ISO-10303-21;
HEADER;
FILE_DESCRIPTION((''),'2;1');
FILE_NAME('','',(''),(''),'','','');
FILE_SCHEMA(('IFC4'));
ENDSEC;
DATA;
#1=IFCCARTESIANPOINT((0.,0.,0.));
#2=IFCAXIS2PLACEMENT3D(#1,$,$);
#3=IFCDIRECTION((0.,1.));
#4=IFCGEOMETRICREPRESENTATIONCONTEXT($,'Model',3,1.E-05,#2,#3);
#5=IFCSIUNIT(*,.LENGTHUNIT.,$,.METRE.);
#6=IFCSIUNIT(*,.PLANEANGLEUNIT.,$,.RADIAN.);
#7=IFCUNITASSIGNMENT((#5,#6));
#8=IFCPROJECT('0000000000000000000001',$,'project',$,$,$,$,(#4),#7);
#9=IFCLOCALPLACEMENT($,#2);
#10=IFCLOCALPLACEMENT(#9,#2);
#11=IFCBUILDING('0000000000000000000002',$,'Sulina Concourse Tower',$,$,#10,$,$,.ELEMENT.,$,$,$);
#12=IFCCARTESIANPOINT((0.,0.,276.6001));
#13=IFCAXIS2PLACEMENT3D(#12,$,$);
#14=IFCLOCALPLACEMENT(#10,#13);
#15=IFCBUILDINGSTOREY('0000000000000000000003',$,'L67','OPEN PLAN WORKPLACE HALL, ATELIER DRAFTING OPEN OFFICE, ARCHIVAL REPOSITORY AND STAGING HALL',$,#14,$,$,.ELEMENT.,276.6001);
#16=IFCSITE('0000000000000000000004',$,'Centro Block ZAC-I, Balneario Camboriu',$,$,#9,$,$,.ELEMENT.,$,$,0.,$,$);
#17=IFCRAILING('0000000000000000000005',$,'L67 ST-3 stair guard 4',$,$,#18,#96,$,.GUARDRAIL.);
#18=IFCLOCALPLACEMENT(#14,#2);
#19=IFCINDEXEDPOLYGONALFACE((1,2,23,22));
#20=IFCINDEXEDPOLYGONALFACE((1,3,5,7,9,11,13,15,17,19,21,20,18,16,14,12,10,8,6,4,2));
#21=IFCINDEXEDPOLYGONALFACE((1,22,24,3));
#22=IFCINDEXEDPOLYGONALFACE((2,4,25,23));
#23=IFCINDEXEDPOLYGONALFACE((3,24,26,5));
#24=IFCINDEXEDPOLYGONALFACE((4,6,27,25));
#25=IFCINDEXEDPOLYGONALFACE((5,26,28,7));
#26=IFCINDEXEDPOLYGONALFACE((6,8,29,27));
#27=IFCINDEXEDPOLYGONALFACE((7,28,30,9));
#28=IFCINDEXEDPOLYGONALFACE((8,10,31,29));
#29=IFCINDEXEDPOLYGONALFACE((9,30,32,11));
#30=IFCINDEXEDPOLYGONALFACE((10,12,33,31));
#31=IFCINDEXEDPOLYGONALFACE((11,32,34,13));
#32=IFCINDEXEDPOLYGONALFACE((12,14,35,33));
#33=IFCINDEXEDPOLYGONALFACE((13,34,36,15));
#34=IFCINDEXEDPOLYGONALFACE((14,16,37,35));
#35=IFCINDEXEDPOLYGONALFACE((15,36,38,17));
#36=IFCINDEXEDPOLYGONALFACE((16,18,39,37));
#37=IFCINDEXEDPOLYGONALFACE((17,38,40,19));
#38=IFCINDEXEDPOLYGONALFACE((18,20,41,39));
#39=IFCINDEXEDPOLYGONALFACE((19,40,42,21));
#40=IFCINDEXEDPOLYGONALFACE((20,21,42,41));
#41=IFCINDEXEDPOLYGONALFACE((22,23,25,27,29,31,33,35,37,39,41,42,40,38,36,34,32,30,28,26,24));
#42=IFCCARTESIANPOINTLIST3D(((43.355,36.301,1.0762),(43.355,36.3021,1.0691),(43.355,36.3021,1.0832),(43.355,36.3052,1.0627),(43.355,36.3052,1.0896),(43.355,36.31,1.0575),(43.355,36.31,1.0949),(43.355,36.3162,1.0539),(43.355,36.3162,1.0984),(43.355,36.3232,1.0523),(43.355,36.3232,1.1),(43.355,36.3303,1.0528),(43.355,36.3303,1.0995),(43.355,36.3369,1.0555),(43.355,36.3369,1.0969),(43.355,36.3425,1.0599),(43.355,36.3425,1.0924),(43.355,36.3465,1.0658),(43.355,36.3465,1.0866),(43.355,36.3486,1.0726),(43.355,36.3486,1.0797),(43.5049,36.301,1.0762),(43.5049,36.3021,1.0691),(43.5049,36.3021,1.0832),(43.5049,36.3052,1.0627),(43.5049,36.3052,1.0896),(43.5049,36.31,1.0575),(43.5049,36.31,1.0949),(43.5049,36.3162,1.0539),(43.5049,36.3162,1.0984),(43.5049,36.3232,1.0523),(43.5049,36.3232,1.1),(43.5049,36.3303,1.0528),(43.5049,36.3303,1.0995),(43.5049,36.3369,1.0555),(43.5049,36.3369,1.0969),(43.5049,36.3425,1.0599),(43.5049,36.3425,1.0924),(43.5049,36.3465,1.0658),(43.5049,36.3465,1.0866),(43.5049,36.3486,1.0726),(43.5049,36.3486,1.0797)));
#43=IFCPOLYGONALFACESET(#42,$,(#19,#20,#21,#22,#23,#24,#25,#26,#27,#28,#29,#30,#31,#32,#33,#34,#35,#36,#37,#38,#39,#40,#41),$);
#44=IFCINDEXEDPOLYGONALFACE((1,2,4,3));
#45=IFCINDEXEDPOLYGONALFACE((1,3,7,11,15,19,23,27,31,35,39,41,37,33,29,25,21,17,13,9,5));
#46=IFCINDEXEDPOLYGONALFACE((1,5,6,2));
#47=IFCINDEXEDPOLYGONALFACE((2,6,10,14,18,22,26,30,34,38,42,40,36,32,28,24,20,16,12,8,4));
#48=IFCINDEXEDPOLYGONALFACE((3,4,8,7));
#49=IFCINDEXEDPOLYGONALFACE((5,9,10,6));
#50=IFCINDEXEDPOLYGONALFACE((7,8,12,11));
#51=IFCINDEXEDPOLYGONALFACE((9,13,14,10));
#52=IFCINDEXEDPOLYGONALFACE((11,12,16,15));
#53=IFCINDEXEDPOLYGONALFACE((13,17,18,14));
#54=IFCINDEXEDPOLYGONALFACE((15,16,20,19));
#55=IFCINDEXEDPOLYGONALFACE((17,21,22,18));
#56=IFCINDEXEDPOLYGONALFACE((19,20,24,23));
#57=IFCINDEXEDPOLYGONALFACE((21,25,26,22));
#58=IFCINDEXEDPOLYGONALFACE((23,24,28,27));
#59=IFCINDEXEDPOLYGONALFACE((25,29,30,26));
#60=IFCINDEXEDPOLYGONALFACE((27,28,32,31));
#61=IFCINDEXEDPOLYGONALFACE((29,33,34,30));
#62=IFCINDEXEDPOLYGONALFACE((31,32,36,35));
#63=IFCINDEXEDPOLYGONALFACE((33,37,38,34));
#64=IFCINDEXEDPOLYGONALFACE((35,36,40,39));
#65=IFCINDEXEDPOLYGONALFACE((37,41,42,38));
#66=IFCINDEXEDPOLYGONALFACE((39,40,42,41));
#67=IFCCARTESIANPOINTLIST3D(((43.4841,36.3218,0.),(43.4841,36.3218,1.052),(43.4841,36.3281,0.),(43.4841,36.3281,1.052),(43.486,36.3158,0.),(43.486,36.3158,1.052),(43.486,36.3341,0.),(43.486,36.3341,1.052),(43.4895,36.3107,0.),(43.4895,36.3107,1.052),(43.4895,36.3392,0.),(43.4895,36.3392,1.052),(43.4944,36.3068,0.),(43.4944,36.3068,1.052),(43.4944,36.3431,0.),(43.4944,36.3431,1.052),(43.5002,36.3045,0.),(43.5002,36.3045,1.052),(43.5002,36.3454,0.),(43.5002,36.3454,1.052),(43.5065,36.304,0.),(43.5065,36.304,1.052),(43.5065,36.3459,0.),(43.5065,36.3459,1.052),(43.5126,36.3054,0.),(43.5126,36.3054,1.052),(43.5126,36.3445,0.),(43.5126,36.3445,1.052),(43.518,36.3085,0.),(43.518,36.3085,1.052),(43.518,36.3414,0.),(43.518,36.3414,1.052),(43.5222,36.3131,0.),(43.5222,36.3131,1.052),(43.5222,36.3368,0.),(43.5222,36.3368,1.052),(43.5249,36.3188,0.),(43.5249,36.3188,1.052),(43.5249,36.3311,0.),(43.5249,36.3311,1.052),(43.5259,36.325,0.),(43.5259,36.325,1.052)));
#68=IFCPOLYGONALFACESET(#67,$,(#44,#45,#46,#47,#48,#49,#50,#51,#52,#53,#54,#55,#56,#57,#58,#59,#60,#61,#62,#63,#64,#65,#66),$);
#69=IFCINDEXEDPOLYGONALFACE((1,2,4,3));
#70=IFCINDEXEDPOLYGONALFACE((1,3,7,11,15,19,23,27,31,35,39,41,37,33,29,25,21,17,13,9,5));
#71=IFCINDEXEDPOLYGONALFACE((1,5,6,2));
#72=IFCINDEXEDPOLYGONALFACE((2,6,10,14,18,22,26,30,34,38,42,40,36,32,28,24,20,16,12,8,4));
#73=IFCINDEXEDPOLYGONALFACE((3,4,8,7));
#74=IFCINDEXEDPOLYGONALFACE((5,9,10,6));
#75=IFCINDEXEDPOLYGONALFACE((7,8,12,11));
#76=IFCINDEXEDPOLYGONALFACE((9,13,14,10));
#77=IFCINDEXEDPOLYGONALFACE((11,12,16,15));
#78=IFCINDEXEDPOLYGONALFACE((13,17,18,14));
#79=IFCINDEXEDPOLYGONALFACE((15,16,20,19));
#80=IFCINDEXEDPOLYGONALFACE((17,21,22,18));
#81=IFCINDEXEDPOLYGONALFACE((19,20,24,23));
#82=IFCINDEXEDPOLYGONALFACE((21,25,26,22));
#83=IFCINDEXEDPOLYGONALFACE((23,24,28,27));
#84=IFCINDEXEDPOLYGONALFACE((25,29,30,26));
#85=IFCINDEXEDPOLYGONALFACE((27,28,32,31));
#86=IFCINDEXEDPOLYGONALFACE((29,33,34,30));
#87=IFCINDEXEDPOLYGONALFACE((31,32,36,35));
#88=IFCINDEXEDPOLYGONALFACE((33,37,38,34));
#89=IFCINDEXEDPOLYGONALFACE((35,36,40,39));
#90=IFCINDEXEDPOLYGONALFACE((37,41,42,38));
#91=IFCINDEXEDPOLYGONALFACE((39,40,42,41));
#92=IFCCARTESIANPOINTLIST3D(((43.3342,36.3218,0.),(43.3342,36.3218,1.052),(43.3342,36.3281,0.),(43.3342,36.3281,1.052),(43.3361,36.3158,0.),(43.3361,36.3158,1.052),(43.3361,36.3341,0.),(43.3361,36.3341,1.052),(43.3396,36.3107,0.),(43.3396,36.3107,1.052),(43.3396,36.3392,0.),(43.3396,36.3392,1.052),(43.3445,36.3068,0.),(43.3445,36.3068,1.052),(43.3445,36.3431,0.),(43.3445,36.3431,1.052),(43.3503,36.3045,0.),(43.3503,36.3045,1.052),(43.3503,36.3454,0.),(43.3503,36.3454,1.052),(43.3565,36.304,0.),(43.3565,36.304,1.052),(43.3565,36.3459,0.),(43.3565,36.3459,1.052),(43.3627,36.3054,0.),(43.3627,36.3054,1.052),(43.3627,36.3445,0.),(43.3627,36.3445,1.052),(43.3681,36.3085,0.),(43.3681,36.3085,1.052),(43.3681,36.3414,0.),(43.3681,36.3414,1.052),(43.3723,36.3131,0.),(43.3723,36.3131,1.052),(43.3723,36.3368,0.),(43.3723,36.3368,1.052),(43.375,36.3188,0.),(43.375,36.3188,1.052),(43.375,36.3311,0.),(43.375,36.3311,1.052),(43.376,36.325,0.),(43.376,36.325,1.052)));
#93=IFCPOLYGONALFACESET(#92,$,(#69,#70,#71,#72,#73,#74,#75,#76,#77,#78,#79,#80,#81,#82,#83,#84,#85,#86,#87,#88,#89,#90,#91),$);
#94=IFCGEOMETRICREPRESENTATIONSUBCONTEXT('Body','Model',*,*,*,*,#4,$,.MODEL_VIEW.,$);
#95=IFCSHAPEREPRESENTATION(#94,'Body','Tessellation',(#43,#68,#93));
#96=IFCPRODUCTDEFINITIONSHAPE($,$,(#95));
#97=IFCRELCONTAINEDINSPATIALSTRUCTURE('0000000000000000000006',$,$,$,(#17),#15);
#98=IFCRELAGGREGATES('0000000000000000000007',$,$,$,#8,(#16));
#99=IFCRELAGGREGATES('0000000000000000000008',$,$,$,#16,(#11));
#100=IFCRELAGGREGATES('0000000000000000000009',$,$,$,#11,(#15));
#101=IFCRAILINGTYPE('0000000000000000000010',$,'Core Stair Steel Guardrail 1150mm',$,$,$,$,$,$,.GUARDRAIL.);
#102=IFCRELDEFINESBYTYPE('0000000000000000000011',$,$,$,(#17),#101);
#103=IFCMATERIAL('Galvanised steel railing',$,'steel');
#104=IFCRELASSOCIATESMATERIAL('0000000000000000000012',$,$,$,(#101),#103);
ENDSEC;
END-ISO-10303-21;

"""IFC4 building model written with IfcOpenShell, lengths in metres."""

from ifc_helpers import new_model, si_unit, direction, frame, origin, origin_2d, place, context, subcontext, project, spatial, circle, extrude, material, type_object, element, save


model = new_model("IFC4")

# Units and contexts
model_context = context("Model", 3, precision=1e-05, world=origin(), true_north=direction((0.0, 1.0)))
body_context = subcontext(model_context, "Body", "Model", "MODEL_VIEW")
ifc_project = project(units=[si_unit("LENGTHUNIT", "METRE"), si_unit("PLANEANGLEUNIT", "RADIAN")], contexts=[model_context])

# Site, building, storey
site_placement = place(None, origin())
site = spatial("IfcSite", under=ifc_project, at=site_placement, Name="Centro Block ZAC-I, Balneario Camboriu", CompositionType="ELEMENT", RefElevation=0.0)
building_placement = place(site_placement, origin())
building = spatial("IfcBuilding", under=site, at=building_placement, Name="Sulina Concourse Tower", CompositionType="ELEMENT")
storey_placement = place(building_placement, frame((0.0, 0.0, 276.6001)))
storey = spatial("IfcBuildingStorey", under=building, at=storey_placement, Name="L67", Description="OPEN PLAN WORKPLACE HALL, ATELIER DRAFTING OPEN OFFICE, ARCHIVAL REPOSITORY AND STAGING HALL", CompositionType="ELEMENT", Elevation=276.6001)

# Railing
ifc_material_1 = material(Name="Galvanised steel railing", Category="steel")
railing_type_1 = type_object("IfcRailingType", Name="Core Stair Steel Guardrail 1150mm", PredefinedType="GUARDRAIL", material=ifc_material_1)
railing_1_placement = place(storey_placement, frame((43.5049, 36.325, 0.0)))
element("IfcRailing", 1, at=railing_1_placement, inside=storey, type_object=railing_type_1, Name="L67 ST-3 stair guard 4", PredefinedType="GUARDRAIL", context=body_context, shape_type="SweptSolid", body=[
    extrude(circle(Radius=0.0239, at=origin_2d()), frame((0.0, 0.0, 1.0762), z_axis=(-1.0, 0.0, 0.0), x_axis=(0.0, -1.0, 0.0)), (0.0, 0.0, 1.0), 0.1499),
    extrude(circle(Radius=0.021, at=origin_2d()), origin(), (0.0, 0.0, 1.0), 1.052),
    extrude(circle(Radius=0.021, at=origin_2d()), frame((-0.1499, 0.0, 0.0)), (0.0, 0.0, 1.0), 1.052),
])

save(model, "model.ifc")
